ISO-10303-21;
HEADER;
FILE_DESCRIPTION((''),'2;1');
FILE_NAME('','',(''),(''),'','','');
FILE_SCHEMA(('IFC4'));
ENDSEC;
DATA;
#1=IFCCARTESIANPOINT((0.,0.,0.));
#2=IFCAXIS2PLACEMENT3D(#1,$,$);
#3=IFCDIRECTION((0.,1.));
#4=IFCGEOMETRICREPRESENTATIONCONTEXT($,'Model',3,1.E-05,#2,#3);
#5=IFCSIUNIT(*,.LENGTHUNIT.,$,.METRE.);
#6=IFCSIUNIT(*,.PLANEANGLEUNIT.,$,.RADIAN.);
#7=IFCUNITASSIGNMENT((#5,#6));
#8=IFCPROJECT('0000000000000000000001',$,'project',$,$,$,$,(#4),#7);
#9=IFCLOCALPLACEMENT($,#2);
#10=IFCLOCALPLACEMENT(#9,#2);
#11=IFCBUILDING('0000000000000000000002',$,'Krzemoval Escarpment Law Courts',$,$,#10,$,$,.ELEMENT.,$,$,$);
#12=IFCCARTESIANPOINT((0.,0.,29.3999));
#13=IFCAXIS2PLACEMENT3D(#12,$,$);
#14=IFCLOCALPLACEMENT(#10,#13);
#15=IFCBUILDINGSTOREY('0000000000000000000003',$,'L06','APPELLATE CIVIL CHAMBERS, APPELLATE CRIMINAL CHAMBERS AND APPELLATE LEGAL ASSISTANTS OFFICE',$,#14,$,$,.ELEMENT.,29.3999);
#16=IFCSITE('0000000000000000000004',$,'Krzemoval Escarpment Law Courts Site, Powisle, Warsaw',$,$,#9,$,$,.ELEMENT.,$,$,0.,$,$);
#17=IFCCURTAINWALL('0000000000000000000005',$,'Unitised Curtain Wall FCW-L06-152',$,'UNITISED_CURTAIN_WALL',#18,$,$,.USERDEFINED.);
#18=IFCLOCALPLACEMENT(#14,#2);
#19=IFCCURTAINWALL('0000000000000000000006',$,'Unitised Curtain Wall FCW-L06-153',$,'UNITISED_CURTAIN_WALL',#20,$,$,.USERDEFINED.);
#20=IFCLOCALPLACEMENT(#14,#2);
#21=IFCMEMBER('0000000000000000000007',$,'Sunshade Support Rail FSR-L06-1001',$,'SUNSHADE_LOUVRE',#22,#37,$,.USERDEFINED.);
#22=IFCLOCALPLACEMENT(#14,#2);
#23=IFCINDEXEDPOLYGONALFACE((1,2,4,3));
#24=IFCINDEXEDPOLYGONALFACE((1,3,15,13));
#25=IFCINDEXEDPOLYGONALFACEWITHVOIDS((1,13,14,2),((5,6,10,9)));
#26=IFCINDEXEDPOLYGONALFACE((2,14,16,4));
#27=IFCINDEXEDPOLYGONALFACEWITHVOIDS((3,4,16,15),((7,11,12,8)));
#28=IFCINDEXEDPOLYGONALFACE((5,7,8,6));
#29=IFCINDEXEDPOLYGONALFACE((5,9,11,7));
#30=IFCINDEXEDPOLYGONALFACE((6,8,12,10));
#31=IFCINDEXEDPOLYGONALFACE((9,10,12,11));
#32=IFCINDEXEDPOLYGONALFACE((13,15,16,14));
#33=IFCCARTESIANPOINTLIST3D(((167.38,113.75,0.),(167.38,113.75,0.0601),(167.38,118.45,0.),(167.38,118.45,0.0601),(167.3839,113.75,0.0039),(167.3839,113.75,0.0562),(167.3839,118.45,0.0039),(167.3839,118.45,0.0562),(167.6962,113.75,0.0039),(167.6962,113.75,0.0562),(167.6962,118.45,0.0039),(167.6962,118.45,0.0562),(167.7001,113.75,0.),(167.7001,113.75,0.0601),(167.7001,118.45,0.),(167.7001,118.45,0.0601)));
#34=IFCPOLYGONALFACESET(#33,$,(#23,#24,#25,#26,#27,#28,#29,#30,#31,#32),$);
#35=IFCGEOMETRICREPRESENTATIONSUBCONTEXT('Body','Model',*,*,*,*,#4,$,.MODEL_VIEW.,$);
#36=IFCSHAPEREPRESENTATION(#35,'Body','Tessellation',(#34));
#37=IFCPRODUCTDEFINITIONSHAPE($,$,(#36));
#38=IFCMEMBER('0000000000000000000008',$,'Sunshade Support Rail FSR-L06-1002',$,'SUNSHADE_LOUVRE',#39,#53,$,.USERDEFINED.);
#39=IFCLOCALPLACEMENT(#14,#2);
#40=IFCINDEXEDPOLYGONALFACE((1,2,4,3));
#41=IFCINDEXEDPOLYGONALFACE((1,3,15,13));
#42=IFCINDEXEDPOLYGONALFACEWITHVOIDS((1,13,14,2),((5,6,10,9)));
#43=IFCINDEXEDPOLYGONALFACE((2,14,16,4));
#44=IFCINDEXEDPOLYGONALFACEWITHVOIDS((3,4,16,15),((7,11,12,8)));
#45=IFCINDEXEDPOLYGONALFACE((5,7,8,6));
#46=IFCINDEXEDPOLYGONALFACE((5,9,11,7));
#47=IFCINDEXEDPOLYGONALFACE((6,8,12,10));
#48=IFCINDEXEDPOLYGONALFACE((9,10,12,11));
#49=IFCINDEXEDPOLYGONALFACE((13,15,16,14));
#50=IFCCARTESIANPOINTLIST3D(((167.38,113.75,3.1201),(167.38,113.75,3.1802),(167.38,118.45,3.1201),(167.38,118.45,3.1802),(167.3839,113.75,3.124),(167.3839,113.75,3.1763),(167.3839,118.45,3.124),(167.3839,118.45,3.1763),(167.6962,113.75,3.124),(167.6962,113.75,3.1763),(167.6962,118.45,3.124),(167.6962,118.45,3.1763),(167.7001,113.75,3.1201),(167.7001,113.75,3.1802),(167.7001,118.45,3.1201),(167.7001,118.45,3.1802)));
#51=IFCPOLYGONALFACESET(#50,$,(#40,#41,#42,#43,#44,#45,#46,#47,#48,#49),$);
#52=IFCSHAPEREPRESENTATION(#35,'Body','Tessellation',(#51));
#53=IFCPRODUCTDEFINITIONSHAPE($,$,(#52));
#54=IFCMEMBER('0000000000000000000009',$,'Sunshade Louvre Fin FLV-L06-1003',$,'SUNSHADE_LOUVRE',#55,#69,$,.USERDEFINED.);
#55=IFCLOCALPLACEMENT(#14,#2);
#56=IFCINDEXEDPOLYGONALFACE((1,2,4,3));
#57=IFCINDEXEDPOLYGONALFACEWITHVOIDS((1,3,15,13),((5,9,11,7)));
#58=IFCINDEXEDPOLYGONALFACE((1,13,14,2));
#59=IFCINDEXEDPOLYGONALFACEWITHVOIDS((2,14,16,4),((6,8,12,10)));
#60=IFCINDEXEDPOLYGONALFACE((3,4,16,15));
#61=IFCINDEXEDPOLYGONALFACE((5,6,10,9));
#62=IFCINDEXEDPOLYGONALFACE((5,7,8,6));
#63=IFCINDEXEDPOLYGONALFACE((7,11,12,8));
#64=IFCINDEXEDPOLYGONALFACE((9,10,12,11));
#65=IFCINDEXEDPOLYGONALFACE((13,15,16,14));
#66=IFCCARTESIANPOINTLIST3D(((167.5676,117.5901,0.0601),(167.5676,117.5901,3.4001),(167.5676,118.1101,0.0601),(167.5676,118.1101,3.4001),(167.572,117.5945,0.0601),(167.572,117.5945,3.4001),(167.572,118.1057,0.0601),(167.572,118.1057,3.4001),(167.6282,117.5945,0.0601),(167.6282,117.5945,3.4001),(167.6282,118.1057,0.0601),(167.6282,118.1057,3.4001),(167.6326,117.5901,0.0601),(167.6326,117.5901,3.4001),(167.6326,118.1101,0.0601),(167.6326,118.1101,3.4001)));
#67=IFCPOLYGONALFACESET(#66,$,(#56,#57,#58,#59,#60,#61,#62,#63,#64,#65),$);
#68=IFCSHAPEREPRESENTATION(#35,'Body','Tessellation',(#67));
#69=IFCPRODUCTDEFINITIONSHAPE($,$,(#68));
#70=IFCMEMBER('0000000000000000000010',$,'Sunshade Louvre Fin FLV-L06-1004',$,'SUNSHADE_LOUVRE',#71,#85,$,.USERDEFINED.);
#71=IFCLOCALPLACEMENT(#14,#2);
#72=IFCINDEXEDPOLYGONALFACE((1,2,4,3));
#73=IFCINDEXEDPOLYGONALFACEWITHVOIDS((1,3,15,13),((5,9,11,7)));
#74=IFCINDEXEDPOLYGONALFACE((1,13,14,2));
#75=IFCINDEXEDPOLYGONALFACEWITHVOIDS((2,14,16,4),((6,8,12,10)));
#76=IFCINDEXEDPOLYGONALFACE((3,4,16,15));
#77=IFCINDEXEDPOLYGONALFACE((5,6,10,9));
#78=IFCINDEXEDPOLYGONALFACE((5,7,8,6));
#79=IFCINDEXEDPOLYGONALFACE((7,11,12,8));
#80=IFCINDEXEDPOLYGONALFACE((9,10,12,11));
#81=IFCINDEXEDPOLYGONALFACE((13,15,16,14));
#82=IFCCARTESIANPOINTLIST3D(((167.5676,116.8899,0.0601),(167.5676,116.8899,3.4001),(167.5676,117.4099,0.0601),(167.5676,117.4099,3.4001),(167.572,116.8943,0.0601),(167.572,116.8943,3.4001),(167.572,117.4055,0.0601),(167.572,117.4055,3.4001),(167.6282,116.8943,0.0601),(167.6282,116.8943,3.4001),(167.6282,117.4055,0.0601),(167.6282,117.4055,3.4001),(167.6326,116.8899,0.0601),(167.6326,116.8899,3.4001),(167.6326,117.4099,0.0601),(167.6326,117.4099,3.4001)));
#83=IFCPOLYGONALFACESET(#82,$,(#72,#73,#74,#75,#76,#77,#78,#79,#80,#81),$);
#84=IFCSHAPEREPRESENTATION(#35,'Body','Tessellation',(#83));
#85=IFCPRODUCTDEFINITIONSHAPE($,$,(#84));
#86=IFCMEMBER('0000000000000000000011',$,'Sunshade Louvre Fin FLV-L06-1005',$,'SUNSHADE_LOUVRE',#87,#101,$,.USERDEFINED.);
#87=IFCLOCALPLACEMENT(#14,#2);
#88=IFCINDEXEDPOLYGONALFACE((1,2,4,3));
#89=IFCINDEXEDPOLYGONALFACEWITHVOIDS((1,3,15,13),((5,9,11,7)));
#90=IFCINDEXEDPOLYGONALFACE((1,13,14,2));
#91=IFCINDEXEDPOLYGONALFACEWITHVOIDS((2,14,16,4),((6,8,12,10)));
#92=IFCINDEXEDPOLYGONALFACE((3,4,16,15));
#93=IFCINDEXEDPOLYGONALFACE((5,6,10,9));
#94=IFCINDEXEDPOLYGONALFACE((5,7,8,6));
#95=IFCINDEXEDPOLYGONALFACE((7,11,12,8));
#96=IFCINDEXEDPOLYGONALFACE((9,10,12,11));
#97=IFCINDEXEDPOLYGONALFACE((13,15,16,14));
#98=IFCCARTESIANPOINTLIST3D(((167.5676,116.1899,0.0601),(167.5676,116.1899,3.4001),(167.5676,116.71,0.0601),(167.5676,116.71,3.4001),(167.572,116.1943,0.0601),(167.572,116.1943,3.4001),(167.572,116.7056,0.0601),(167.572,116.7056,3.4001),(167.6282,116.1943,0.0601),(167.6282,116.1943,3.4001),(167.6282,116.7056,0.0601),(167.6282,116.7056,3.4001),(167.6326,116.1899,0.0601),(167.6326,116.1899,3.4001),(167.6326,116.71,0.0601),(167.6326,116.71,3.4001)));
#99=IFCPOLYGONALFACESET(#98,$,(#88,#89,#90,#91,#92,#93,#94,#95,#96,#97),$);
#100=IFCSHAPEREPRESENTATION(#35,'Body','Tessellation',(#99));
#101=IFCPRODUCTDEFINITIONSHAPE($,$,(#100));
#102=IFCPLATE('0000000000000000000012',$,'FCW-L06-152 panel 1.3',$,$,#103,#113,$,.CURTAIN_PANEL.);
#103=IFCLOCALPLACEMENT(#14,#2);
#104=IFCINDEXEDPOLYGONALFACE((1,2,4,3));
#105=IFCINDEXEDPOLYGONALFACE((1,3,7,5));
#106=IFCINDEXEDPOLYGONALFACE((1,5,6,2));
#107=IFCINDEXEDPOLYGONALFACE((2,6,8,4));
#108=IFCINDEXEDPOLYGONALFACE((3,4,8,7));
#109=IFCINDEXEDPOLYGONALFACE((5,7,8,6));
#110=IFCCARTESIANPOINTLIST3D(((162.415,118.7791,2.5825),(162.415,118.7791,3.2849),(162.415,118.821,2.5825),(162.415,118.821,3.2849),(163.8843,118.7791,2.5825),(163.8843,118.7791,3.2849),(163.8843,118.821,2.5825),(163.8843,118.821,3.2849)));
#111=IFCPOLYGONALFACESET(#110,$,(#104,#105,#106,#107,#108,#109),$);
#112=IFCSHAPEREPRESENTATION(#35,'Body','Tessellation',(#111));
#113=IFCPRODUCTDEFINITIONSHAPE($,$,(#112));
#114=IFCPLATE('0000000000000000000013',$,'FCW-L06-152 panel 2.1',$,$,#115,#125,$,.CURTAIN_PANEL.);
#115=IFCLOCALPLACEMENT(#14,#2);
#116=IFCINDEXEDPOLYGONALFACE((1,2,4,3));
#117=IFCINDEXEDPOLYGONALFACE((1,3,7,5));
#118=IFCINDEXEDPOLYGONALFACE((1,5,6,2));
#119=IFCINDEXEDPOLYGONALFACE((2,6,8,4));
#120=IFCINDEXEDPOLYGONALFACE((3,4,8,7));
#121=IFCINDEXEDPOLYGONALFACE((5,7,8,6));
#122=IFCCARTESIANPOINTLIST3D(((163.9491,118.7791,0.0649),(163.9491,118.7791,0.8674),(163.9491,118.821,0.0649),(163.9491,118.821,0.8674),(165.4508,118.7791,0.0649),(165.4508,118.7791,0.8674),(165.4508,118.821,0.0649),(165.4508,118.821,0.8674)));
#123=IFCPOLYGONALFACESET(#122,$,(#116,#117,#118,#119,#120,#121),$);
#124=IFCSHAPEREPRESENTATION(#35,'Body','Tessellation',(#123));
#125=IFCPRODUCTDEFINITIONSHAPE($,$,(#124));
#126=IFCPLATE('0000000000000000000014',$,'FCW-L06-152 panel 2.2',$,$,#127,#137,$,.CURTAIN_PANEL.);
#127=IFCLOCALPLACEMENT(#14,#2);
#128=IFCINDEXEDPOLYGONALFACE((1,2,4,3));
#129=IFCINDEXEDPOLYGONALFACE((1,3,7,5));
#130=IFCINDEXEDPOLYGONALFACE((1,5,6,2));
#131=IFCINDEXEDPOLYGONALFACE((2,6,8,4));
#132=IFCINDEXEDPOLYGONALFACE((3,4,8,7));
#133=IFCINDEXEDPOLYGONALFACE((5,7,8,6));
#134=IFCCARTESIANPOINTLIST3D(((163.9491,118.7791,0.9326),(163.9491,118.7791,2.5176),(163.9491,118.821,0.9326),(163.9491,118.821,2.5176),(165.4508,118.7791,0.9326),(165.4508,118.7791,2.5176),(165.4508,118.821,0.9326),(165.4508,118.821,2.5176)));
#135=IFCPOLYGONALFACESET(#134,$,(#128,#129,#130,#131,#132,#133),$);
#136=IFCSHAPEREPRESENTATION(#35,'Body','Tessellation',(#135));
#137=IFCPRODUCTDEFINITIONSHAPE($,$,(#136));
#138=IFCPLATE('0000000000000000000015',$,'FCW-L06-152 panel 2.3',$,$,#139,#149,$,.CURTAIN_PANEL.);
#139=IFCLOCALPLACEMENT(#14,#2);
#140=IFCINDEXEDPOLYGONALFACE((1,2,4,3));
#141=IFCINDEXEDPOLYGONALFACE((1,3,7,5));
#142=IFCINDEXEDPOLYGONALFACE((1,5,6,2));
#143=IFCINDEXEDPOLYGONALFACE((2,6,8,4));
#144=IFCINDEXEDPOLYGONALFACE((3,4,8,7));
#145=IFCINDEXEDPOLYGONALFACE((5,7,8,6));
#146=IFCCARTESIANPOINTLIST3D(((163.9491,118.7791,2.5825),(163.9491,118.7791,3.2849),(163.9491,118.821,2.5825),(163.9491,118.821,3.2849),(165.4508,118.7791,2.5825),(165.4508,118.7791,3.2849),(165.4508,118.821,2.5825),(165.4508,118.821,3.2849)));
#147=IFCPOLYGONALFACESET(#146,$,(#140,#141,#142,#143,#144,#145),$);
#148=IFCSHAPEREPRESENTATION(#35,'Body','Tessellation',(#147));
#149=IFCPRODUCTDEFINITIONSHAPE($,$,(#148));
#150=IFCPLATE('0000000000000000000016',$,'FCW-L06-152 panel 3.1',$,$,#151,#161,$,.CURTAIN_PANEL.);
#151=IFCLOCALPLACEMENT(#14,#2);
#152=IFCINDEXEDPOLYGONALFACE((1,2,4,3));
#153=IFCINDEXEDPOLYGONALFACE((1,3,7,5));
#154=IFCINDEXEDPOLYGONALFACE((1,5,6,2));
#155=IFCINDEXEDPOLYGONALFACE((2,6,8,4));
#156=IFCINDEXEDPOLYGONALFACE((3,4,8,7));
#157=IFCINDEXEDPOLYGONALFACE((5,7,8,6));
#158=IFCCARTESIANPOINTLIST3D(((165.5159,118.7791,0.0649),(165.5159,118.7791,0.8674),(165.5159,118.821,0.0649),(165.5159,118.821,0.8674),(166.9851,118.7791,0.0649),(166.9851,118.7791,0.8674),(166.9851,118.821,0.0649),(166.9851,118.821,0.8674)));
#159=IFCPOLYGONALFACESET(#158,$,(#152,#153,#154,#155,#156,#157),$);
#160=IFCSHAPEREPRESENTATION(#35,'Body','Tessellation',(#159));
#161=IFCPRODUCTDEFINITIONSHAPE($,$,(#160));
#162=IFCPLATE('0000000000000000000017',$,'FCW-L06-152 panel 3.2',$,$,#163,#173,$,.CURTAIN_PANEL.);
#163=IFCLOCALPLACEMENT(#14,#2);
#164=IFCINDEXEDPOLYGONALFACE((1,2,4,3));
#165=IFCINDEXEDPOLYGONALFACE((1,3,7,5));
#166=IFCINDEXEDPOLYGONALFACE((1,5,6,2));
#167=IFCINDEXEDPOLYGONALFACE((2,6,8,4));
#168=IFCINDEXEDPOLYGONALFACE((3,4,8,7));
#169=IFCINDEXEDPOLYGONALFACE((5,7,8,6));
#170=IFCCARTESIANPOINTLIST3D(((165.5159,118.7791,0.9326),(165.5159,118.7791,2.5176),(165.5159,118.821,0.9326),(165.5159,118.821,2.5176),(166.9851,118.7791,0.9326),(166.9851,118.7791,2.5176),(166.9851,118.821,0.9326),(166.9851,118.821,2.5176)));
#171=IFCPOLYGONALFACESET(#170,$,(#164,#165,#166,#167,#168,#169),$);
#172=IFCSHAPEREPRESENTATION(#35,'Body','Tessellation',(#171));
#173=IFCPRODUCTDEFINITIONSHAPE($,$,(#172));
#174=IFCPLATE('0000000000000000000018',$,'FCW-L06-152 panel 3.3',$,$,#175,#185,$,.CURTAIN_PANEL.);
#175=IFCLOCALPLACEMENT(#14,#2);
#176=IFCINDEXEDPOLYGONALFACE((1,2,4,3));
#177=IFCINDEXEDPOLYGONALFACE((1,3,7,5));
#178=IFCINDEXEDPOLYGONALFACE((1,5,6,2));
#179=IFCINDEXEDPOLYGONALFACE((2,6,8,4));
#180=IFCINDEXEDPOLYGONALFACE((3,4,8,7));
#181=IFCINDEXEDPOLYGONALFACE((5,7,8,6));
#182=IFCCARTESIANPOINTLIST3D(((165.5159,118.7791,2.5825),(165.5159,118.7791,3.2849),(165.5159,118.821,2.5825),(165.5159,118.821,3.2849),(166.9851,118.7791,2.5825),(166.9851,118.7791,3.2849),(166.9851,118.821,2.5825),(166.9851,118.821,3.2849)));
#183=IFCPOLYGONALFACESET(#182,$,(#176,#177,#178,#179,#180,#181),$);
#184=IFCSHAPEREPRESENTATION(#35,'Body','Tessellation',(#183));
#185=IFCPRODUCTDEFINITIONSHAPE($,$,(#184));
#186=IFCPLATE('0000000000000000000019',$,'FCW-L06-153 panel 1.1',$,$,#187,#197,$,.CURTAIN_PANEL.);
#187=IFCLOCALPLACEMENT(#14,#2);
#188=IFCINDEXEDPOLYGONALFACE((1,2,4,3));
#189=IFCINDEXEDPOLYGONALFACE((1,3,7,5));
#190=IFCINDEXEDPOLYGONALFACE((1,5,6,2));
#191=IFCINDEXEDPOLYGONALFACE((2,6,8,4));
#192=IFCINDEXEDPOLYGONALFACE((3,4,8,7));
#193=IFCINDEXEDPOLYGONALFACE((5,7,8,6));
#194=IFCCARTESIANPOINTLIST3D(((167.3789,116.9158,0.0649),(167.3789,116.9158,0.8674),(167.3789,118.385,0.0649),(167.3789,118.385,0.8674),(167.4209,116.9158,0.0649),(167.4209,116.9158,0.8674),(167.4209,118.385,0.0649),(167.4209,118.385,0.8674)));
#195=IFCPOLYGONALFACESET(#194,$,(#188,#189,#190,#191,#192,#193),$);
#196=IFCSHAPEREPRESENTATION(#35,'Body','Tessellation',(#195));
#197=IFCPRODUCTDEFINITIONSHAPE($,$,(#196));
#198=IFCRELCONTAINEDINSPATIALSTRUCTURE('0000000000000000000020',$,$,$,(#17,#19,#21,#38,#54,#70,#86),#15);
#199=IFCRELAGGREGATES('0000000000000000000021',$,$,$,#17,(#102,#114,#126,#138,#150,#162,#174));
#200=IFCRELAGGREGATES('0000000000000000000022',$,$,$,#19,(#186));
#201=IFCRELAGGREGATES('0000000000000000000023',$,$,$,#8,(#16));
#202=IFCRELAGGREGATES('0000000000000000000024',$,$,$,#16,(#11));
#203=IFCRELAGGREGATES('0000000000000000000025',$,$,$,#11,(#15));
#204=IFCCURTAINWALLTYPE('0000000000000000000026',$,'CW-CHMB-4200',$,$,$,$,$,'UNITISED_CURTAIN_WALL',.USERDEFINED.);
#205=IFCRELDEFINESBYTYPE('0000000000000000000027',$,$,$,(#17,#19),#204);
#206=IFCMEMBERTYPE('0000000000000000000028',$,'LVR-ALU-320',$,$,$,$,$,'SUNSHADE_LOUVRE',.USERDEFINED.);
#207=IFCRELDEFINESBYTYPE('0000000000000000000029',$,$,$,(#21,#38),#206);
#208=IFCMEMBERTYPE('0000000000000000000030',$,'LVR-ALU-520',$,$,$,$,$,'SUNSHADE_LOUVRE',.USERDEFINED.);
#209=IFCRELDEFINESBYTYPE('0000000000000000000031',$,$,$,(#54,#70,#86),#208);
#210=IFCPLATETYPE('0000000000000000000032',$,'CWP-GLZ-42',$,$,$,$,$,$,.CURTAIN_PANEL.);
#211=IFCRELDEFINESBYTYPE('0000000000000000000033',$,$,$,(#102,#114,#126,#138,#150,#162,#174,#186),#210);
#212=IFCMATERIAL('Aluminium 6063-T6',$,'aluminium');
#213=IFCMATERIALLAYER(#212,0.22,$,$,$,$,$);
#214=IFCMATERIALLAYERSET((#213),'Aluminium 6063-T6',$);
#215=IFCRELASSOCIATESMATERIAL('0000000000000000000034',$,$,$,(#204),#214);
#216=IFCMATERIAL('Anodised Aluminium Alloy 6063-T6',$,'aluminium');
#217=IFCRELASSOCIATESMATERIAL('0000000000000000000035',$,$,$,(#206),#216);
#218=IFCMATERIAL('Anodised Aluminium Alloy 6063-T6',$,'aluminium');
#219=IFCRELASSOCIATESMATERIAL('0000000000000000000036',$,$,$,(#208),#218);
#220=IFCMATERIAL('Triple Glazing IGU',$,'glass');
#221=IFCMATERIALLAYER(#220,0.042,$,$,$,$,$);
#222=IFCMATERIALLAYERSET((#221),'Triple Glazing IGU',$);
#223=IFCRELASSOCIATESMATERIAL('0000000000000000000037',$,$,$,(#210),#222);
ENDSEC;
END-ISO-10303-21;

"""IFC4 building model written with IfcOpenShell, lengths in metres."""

from ifc_helpers import new_model, si_unit, direction, frame, origin, origin_2d, place, context, subcontext, project, spatial, rectangle, hollow_rectangle, extrude, material, layer, layer_set, material_profile, profile_set, type_object, element, aggregate, save


model = new_model("IFC4")

# Units and contexts
model_context = context("Model", 3, precision=1e-05, world=origin(), true_north=direction((0.0, 1.0)))
body_context = subcontext(model_context, "Body", "Model", "MODEL_VIEW")
ifc_project = project(units=[si_unit("LENGTHUNIT", "METRE"), si_unit("PLANEANGLEUNIT", "RADIAN")], contexts=[model_context])

# Site, building, storey
site_placement = place(None, origin())
site = spatial("IfcSite", under=ifc_project, at=site_placement, Name="Krzemoval Escarpment Law Courts Site, Powisle, Warsaw", CompositionType="ELEMENT", RefElevation=0.0)
building_placement = place(site_placement, origin())
building = spatial("IfcBuilding", under=site, at=building_placement, Name="Krzemoval Escarpment Law Courts", CompositionType="ELEMENT")
storey_placement = place(building_placement, frame((0.0, 0.0, 29.3999)))
storey = spatial("IfcBuildingStorey", under=building, at=storey_placement, Name="L06", Description="APPELLATE CIVIL CHAMBERS, APPELLATE CRIMINAL CHAMBERS AND APPELLATE LEGAL ASSISTANTS OFFICE", CompositionType="ELEMENT", Elevation=29.3999)

# Curtain walls
ifc_material_1 = material(Name="Aluminium 6063-T6", Category="aluminium")
ifc_layer_1 = layer(ifc_material_1, 0.22)
ifc_layer_set_1 = layer_set([ifc_layer_1], Name="Aluminium 6063-T6")
curtain_wall_type = type_object("IfcCurtainWallType", Name="CW-CHMB-4200", ElementType="UNITISED_CURTAIN_WALL", PredefinedType="USERDEFINED", material=ifc_layer_set_1)
curtain_wall_1_placement = place(storey_placement, origin())
curtain_wall_1 = element("IfcCurtainWall", 1, at=curtain_wall_1_placement, inside=storey, type_object=curtain_wall_type, Name="Unitised Curtain Wall FCW-L06-152", ObjectType="UNITISED_CURTAIN_WALL", PredefinedType="USERDEFINED")
curtain_wall_2_placement = place(storey_placement, origin())
curtain_wall_2 = element("IfcCurtainWall", 2, at=curtain_wall_2_placement, inside=storey, type_object=curtain_wall_type, Name="Unitised Curtain Wall FCW-L06-153", ObjectType="UNITISED_CURTAIN_WALL", PredefinedType="USERDEFINED")

# Members
ifc_material_2 = material(Name="Anodised Aluminium Alloy 6063-T6", Category="aluminium")
ifc_material_profile_1 = material_profile(ifc_material_2, hollow_rectangle(XDim=0.0601, YDim=0.3201, WallThickness=0.0039, at=origin_2d()), Name="ALU LVR 60x320")
ifc_profile_set_1 = profile_set([ifc_material_profile_1], Name="Anodised Aluminium Alloy 6063-T6")
member_type_1 = type_object("IfcMemberType", Name="LVR-ALU-320", ElementType="SUNSHADE_LOUVRE", PredefinedType="USERDEFINED", material=ifc_profile_set_1)
for number, where, z_axis, x_axis, name in (
    (3, (167.54, 118.45, 0.03), (0.0, -1.0, 0.0), (0.0, 0.0, 1.0), "Sunshade Support Rail FSR-L06-1001"),
    (4, (167.54, 118.45, 3.1501), (0.0, -1.0, 0.0), (0.0, 0.0, 1.0), "Sunshade Support Rail FSR-L06-1002"),
):
    element("IfcMember", number, at=place(storey_placement, frame(where, z_axis=z_axis, x_axis=x_axis)), inside=storey, type_object=member_type_1, Name=name, ObjectType="SUNSHADE_LOUVRE", PredefinedType="USERDEFINED", context=body_context, shape_type="SweptSolid", body=[
        extrude(hollow_rectangle(XDim=0.0601, YDim=0.3201, WallThickness=0.0039, at=origin_2d()), origin(), (0.0, 0.0, 1.0), 4.7),
    ])
ifc_material_3 = material(Name="Anodised Aluminium Alloy 6063-T6", Category="aluminium")
ifc_material_profile_2 = material_profile(ifc_material_3, hollow_rectangle(XDim=0.0649, YDim=0.52, WallThickness=0.0044, at=origin_2d()), Name="ALU LVR 65x520")
ifc_profile_set_2 = profile_set([ifc_material_profile_2], Name="Anodised Aluminium Alloy 6063-T6")
member_type_2 = type_object("IfcMemberType", Name="LVR-ALU-520", ElementType="SUNSHADE_LOUVRE", PredefinedType="USERDEFINED", material=ifc_profile_set_2)
for number, where, z_axis, x_axis, name in (
    (5, (167.6001, 117.8501, 0.0601), (0.0, 0.0, 1.0), (1.0, 0.0, 0.0), "Sunshade Louvre Fin FLV-L06-1003"),
    (6, (167.6001, 117.1499, 0.0601), (0.0, 0.0, 1.0), (1.0, 0.0, 0.0), "Sunshade Louvre Fin FLV-L06-1004"),
    (7, (167.6001, 116.45, 0.0601), (0.0, 0.0, 1.0), (1.0, 0.0, 0.0), "Sunshade Louvre Fin FLV-L06-1005"),
):
    element("IfcMember", number, at=place(storey_placement, frame(where, z_axis=z_axis, x_axis=x_axis)), inside=storey, type_object=member_type_2, Name=name, ObjectType="SUNSHADE_LOUVRE", PredefinedType="USERDEFINED", context=body_context, shape_type="SweptSolid", body=[
        extrude(hollow_rectangle(XDim=0.0649, YDim=0.52, WallThickness=0.0044, at=origin_2d()), origin(), (0.0, 0.0, 1.0), 3.3401),
    ])

# Plates
ifc_material_4 = material(Name="Triple Glazing IGU", Category="glass")
ifc_layer_2 = layer(ifc_material_4, 0.042)
ifc_layer_set_2 = layer_set([ifc_layer_2], Name="Triple Glazing IGU")
plate_type_1 = type_object("IfcPlateType", Name="CWP-GLZ-42", PredefinedType="CURTAIN_PANEL", material=ifc_layer_set_2)
plate_1_placement = place(storey_placement, frame((163.1497, 118.8, 2.5825), z_axis=(0.0, 0.0, 1.0), x_axis=(1.0, 0.0, 0.0)))
plate_1 = element("IfcPlate", 8, at=plate_1_placement, type_object=plate_type_1, Name="FCW-L06-152 panel 1.3", PredefinedType="CURTAIN_PANEL", context=body_context, shape_type="SweptSolid", body=[
    extrude(rectangle(XDim=1.4692, YDim=0.042, at=origin_2d()), origin(), (0.0, 0.0, 1.0), 0.7024),
])
plate_2_placement = place(storey_placement, frame((164.7, 118.8, 0.0649), z_axis=(0.0, 0.0, 1.0), x_axis=(1.0, 0.0, 0.0)))
plate_2 = element("IfcPlate", 9, at=plate_2_placement, type_object=plate_type_1, Name="FCW-L06-152 panel 2.1", PredefinedType="CURTAIN_PANEL", context=body_context, shape_type="SweptSolid", body=[
    extrude(rectangle(XDim=1.5017, YDim=0.042, at=origin_2d()), origin(), (0.0, 0.0, 1.0), 0.8025),
])
plate_3_placement = place(storey_placement, frame((164.7, 118.8, 0.9326), z_axis=(0.0, 0.0, 1.0), x_axis=(1.0, 0.0, 0.0)))
plate_3 = element("IfcPlate", 10, at=plate_3_placement, type_object=plate_type_1, Name="FCW-L06-152 panel 2.2", PredefinedType="CURTAIN_PANEL", context=body_context, shape_type="SweptSolid", body=[
    extrude(rectangle(XDim=1.5017, YDim=0.042, at=origin_2d()), origin(), (0.0, 0.0, 1.0), 1.585),
])
plate_4_placement = place(storey_placement, frame((164.7, 118.8, 2.5825), z_axis=(0.0, 0.0, 1.0), x_axis=(1.0, 0.0, 0.0)))
plate_4 = element("IfcPlate", 11, at=plate_4_placement, type_object=plate_type_1, Name="FCW-L06-152 panel 2.3", PredefinedType="CURTAIN_PANEL", context=body_context, shape_type="SweptSolid", body=[
    extrude(rectangle(XDim=1.5017, YDim=0.042, at=origin_2d()), origin(), (0.0, 0.0, 1.0), 0.7024),
])
plate_5_placement = place(storey_placement, frame((166.2505, 118.8, 0.0649), z_axis=(0.0, 0.0, 1.0), x_axis=(1.0, 0.0, 0.0)))
plate_5 = element("IfcPlate", 12, at=plate_5_placement, type_object=plate_type_1, Name="FCW-L06-152 panel 3.1", PredefinedType="CURTAIN_PANEL", context=body_context, shape_type="SweptSolid", body=[
    extrude(rectangle(XDim=1.4692, YDim=0.042, at=origin_2d()), origin(), (0.0, 0.0, 1.0), 0.8025),
])
plate_6_placement = place(storey_placement, frame((166.2505, 118.8, 0.9326), z_axis=(0.0, 0.0, 1.0), x_axis=(1.0, 0.0, 0.0)))
plate_6 = element("IfcPlate", 13, at=plate_6_placement, type_object=plate_type_1, Name="FCW-L06-152 panel 3.2", PredefinedType="CURTAIN_PANEL", context=body_context, shape_type="SweptSolid", body=[
    extrude(rectangle(XDim=1.4692, YDim=0.042, at=origin_2d()), origin(), (0.0, 0.0, 1.0), 1.585),
])
plate_7_placement = place(storey_placement, frame((166.2505, 118.8, 2.5825), z_axis=(0.0, 0.0, 1.0), x_axis=(1.0, 0.0, 0.0)))
plate_7 = element("IfcPlate", 14, at=plate_7_placement, type_object=plate_type_1, Name="FCW-L06-152 panel 3.3", PredefinedType="CURTAIN_PANEL", context=body_context, shape_type="SweptSolid", body=[
    extrude(rectangle(XDim=1.4692, YDim=0.042, at=origin_2d()), origin(), (0.0, 0.0, 1.0), 0.7024),
])
aggregate(curtain_wall_1, [plate_1, plate_2, plate_3, plate_4, plate_5, plate_6, plate_7])
plate_8_placement = place(storey_placement, frame((167.3999, 117.6504, 0.0649), z_axis=(0.0, 0.0, 1.0), x_axis=(0.0, -1.0, 0.0)))
plate_8 = element("IfcPlate", 15, at=plate_8_placement, type_object=plate_type_1, Name="FCW-L06-153 panel 1.1", PredefinedType="CURTAIN_PANEL", context=body_context, shape_type="SweptSolid", body=[
    extrude(rectangle(XDim=1.4692, YDim=0.042, at=origin_2d()), origin(), (0.0, 0.0, 1.0), 0.8025),
])
aggregate(curtain_wall_2, [plate_8])

save(model, "model.ifc")
